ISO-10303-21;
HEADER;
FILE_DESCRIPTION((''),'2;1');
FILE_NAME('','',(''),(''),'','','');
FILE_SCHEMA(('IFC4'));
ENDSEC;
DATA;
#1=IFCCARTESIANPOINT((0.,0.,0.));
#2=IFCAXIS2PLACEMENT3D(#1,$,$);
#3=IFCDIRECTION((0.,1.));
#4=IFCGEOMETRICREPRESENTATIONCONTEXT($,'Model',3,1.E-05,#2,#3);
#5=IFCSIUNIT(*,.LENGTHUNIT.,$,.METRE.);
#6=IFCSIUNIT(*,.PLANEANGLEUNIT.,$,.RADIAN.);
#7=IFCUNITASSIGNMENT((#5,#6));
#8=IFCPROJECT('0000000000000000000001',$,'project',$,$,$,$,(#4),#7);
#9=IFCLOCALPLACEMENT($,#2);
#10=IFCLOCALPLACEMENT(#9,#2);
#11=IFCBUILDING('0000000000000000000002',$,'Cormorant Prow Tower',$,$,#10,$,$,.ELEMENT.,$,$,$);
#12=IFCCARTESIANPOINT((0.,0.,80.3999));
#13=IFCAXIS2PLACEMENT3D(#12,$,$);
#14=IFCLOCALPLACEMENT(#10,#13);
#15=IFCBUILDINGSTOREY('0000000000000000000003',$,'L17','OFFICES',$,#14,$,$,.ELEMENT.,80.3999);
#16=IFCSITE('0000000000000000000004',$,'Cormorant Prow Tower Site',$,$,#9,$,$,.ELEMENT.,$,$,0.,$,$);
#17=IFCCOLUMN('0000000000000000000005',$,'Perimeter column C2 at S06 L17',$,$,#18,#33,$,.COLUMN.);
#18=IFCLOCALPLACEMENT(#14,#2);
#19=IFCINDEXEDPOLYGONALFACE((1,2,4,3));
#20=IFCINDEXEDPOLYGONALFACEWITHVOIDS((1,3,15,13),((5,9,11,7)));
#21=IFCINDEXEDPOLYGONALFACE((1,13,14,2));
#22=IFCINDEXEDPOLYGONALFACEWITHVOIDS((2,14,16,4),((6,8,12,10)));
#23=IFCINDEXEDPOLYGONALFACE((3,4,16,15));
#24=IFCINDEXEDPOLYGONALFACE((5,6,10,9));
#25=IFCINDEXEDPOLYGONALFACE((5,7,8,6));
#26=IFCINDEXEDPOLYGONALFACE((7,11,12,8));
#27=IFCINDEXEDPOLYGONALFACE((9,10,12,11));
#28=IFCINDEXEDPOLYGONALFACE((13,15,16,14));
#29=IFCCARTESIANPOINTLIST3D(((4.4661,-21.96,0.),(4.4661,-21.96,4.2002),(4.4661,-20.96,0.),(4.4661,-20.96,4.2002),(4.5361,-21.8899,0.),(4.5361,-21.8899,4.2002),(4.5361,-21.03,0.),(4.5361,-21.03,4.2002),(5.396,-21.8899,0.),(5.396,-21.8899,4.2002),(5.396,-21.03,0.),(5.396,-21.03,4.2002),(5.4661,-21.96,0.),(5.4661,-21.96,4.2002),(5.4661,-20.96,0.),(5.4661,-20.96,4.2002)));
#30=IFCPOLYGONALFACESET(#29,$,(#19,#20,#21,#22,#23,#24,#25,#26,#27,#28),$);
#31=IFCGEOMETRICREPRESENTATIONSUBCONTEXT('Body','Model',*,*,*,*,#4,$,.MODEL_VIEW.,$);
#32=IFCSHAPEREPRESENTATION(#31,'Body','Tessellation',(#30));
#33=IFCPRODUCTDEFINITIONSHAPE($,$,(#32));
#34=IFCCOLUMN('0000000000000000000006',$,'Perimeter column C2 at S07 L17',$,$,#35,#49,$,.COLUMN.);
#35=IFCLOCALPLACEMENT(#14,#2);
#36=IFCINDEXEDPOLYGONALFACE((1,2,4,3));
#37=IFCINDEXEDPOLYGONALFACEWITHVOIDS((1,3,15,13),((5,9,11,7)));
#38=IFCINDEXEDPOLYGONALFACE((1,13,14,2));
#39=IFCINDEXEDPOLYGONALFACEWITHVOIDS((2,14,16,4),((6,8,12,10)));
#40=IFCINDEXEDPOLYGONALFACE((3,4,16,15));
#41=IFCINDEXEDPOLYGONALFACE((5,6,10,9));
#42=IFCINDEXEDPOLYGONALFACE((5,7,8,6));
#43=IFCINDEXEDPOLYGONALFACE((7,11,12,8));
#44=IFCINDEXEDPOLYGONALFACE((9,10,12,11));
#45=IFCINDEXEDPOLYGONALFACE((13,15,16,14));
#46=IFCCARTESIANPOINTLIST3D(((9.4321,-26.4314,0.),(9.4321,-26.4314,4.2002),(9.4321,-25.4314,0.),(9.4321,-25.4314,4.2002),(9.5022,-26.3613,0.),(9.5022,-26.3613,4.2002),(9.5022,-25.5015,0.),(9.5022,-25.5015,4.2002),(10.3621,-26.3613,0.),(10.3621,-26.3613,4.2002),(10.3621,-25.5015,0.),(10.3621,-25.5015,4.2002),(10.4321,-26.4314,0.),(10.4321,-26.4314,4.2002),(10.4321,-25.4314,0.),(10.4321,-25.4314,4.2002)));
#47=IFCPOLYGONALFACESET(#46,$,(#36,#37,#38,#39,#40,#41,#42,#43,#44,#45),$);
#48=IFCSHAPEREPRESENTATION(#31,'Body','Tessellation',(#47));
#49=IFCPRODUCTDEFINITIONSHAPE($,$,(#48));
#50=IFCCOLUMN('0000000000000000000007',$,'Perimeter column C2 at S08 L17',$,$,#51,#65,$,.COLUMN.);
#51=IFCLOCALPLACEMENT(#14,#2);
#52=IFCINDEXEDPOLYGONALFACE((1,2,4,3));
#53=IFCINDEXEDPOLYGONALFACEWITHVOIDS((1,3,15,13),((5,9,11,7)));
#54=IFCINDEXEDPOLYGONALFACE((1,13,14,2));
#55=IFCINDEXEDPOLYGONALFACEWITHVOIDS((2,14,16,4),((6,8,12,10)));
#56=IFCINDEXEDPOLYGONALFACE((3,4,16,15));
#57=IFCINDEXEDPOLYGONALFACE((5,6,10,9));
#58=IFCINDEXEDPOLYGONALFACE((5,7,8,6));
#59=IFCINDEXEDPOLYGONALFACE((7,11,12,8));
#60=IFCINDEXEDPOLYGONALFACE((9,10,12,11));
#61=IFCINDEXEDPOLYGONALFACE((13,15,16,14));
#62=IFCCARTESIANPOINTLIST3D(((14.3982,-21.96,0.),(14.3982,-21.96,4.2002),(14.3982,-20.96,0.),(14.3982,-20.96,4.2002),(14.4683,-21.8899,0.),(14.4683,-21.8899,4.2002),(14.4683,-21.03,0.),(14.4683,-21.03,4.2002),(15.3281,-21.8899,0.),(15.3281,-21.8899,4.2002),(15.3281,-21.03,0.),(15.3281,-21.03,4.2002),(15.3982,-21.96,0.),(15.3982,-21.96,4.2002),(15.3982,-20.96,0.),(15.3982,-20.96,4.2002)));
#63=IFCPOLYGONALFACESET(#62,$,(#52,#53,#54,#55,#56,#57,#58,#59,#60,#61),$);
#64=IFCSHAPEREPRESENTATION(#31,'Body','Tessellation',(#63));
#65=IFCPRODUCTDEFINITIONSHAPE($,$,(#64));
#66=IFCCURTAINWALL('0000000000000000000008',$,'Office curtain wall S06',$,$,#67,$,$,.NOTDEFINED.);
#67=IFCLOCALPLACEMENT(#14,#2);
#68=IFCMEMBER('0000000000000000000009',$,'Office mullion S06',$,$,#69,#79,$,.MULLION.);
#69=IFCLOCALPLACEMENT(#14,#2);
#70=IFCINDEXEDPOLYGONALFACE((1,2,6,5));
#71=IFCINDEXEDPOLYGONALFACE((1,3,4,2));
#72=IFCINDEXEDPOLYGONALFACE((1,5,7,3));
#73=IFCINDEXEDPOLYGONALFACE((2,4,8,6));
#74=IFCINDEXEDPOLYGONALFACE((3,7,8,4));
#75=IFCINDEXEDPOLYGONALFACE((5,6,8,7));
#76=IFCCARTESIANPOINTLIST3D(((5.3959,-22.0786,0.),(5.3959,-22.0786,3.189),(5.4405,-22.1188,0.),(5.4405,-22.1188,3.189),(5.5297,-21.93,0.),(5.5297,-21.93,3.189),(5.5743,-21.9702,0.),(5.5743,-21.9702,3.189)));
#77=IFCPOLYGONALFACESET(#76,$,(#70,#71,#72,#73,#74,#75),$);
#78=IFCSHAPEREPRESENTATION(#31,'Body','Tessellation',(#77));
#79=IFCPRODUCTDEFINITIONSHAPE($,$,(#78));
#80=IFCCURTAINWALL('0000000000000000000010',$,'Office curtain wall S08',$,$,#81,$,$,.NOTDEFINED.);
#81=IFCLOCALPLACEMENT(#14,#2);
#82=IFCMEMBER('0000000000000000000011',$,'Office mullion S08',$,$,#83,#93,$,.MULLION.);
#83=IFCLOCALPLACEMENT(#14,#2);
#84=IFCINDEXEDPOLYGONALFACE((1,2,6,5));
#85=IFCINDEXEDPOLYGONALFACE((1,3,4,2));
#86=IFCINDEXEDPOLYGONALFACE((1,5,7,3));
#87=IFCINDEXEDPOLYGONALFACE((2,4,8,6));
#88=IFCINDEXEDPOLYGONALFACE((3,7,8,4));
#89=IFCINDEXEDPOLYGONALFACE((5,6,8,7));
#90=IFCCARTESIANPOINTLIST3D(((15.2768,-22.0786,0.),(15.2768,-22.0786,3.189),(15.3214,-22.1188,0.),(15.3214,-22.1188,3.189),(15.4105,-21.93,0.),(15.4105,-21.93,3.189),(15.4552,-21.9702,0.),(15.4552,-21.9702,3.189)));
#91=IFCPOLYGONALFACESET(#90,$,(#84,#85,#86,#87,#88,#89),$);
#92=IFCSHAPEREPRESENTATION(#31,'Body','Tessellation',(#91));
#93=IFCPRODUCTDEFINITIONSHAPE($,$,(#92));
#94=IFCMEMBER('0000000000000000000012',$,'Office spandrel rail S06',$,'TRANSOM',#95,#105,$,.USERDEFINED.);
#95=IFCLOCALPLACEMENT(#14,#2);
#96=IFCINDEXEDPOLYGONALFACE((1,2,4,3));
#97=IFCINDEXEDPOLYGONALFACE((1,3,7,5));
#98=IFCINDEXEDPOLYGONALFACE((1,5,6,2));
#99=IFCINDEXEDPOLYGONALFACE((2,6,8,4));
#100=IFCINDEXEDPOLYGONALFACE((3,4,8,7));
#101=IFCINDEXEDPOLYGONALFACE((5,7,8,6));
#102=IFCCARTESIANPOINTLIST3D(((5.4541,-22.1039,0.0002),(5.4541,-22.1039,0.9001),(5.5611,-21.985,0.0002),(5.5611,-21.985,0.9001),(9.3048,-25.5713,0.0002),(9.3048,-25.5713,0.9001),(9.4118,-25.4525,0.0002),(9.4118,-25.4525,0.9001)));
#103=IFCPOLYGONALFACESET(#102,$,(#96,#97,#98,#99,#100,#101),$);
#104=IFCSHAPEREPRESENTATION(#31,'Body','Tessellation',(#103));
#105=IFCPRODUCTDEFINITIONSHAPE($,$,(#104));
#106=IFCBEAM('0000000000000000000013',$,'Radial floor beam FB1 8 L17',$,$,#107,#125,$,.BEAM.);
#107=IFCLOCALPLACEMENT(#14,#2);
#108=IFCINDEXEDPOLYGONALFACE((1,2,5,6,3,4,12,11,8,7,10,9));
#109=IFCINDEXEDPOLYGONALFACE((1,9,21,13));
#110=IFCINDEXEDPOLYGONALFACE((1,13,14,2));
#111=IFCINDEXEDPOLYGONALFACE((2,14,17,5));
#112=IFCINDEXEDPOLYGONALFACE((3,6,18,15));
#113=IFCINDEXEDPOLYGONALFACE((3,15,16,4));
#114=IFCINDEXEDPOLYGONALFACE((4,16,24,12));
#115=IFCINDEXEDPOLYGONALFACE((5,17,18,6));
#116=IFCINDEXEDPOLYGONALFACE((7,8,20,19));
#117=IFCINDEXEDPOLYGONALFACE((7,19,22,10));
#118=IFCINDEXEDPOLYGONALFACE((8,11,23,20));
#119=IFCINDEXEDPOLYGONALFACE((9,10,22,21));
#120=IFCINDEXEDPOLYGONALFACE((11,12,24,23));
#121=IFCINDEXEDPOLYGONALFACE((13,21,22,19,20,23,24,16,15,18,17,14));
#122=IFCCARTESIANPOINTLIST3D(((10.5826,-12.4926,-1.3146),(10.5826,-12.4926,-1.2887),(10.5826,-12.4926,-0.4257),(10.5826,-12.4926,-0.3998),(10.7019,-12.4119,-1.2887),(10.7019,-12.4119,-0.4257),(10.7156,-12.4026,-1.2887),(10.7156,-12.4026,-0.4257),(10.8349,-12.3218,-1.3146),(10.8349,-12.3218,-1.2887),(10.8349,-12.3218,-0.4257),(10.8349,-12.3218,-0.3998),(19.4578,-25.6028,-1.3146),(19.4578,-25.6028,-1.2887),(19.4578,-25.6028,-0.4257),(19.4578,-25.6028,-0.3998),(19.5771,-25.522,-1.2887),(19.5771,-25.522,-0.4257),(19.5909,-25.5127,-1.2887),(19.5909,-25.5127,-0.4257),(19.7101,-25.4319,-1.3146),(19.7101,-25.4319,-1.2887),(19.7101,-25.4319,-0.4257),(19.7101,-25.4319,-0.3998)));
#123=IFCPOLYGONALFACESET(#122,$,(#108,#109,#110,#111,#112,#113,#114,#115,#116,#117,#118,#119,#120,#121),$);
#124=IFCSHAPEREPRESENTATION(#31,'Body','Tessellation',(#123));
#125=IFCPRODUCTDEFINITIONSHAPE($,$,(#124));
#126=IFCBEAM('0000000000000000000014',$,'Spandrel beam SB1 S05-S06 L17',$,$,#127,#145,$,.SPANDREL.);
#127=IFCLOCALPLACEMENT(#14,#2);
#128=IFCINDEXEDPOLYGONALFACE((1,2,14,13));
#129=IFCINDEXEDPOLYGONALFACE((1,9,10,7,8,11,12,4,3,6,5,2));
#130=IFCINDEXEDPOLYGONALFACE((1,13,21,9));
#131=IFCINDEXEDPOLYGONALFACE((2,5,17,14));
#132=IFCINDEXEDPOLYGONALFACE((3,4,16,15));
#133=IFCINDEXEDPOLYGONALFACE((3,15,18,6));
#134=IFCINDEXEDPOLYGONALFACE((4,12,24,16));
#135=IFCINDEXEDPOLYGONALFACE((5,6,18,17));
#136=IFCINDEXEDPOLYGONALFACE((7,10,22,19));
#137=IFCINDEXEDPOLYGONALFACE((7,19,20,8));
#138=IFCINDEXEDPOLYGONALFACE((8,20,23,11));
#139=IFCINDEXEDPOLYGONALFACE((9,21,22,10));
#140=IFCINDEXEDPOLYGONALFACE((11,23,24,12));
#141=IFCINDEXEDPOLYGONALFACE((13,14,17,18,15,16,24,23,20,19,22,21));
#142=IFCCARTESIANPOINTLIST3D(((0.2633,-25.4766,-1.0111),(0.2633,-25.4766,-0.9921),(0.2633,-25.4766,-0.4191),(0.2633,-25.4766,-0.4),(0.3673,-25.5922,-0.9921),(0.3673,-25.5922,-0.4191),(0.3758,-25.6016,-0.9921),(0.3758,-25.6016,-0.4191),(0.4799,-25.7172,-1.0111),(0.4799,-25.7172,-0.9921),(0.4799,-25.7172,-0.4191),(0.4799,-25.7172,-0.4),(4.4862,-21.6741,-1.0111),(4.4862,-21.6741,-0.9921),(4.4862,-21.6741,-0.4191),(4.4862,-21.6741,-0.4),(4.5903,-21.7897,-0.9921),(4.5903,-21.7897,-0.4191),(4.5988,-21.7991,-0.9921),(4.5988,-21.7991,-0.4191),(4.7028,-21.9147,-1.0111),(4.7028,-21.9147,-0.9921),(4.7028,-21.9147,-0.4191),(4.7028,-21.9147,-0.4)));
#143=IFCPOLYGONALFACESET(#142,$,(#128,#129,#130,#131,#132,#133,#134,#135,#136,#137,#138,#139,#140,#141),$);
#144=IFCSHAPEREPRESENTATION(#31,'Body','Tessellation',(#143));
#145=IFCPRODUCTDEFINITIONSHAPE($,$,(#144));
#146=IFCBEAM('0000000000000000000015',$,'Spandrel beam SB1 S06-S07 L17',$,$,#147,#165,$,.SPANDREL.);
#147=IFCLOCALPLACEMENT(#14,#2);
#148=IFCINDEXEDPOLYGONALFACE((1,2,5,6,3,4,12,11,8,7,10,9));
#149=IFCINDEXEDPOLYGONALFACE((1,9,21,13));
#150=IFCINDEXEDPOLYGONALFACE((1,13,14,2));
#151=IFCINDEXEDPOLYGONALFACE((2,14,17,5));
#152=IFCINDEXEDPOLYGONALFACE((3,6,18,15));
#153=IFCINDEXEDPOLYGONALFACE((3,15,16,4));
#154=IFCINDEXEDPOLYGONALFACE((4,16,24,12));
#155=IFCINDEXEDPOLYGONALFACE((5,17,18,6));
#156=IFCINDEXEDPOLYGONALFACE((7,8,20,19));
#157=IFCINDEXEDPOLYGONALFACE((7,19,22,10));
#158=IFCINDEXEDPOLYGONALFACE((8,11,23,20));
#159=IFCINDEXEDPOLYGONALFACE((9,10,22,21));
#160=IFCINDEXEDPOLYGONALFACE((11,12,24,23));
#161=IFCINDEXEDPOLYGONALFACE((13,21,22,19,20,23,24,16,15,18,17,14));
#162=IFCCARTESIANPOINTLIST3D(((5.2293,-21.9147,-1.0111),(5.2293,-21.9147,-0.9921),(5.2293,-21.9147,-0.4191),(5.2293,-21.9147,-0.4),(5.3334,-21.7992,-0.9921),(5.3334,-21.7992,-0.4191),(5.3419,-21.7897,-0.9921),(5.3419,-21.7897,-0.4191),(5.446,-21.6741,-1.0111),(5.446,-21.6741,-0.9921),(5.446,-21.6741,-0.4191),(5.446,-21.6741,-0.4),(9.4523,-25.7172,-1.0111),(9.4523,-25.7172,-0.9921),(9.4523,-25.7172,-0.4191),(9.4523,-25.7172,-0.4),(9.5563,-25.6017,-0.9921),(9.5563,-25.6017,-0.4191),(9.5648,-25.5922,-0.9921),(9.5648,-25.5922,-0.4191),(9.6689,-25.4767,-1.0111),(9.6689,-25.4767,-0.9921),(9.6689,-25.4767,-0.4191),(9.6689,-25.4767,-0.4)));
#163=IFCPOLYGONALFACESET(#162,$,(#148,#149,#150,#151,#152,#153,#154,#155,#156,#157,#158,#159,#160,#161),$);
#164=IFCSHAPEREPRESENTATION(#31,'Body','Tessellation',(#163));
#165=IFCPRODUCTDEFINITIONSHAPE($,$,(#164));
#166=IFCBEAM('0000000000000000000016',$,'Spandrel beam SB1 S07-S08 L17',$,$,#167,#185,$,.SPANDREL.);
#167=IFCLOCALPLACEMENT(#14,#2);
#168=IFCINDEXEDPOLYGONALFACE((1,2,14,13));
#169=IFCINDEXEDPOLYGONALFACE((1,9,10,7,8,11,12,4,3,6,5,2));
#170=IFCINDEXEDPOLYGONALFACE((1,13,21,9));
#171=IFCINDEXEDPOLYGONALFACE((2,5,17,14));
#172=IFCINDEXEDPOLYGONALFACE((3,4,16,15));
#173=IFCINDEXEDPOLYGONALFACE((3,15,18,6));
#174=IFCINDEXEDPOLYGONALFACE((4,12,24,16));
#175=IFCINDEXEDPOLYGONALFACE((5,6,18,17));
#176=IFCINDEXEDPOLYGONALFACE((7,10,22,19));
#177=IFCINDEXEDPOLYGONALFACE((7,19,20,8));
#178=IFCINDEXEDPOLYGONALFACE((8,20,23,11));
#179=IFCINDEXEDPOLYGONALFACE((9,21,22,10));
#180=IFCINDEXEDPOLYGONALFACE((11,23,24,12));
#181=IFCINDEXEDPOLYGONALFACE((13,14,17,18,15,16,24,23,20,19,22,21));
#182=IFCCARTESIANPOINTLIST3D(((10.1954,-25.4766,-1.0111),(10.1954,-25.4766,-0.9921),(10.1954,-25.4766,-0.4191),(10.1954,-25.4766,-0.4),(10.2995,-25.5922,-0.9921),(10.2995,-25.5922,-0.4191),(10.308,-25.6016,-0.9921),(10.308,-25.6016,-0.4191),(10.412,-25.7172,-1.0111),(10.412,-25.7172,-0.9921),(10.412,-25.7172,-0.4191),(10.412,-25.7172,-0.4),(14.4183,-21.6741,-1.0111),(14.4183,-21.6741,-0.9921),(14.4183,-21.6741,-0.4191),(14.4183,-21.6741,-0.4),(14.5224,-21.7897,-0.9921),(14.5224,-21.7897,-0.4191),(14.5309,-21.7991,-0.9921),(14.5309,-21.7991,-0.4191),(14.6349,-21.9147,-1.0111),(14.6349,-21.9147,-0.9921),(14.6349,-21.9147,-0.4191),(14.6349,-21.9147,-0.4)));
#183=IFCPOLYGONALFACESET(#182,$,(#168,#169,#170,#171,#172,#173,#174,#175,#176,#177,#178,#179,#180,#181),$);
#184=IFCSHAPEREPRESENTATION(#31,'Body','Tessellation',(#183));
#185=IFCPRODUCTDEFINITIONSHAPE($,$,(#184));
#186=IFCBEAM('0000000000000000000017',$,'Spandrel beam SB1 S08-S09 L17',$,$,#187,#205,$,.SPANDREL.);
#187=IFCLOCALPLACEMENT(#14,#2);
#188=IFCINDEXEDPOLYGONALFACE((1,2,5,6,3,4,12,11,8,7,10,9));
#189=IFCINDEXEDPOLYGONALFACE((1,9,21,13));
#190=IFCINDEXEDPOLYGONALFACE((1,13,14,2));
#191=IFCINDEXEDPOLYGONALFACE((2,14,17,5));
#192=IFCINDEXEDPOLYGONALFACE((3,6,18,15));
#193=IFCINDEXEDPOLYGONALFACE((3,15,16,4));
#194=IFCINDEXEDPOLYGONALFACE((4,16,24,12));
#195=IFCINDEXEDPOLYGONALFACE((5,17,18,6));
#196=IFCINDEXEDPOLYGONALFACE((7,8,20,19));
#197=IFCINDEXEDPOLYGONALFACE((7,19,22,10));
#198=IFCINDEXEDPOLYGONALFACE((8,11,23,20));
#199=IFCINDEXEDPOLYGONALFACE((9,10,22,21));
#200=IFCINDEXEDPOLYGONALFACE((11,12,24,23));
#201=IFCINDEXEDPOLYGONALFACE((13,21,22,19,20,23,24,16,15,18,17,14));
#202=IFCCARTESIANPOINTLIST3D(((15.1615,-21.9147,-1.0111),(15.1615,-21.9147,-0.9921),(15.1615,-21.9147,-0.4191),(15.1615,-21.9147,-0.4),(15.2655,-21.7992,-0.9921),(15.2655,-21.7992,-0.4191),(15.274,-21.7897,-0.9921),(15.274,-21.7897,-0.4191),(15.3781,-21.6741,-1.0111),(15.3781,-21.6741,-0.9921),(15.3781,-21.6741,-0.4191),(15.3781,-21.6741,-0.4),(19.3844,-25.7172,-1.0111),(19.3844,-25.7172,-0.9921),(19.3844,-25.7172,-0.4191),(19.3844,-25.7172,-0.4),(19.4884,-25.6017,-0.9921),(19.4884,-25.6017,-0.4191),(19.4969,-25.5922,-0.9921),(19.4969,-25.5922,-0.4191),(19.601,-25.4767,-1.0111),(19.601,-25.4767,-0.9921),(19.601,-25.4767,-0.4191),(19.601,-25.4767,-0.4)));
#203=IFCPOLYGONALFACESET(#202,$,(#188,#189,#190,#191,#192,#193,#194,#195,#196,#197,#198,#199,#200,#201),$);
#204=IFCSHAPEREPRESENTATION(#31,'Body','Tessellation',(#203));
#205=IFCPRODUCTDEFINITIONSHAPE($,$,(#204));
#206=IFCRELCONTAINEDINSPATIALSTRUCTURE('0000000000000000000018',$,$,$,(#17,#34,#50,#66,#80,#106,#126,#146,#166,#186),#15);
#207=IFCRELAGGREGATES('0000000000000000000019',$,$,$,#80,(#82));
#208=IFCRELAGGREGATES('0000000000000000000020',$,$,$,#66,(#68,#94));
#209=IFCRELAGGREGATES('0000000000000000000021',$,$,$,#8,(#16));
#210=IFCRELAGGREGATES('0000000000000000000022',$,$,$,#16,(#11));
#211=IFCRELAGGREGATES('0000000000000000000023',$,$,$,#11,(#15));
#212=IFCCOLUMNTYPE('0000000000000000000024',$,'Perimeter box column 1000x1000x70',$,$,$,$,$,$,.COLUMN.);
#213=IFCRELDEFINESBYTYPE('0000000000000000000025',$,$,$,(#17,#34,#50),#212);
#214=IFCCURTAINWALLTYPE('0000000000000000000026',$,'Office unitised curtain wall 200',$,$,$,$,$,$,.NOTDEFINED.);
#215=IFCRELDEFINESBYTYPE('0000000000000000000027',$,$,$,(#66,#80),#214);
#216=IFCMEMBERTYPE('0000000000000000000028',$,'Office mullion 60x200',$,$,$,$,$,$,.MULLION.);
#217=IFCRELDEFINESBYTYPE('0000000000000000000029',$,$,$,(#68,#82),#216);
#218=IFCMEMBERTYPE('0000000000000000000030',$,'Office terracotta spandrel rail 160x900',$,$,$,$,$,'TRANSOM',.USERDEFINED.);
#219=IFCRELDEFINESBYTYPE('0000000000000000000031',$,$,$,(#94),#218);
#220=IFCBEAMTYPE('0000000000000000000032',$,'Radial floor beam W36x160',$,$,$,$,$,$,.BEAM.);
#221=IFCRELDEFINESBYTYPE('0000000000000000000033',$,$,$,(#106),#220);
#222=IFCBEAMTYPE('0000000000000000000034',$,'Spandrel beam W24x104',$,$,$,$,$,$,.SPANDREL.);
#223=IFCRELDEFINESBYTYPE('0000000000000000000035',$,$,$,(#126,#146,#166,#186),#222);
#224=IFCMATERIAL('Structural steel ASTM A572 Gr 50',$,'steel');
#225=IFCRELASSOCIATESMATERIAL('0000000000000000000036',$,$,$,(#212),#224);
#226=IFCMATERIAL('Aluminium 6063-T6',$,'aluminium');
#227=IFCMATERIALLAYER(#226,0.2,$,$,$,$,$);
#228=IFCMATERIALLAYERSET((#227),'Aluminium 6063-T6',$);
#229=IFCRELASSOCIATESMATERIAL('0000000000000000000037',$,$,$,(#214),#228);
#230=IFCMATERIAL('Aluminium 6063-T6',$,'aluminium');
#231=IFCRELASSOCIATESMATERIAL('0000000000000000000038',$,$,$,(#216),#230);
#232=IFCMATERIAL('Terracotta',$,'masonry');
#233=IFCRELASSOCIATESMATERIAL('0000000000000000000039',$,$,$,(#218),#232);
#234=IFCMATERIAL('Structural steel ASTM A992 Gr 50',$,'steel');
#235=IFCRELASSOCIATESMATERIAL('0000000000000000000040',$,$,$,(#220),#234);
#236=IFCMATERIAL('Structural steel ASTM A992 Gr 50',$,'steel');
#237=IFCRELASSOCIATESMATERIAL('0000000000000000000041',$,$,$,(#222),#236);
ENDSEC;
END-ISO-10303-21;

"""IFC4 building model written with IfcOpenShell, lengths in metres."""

from ifc_helpers import new_model, si_unit, direction, frame, origin, origin_2d, place, context, subcontext, project, spatial, rectangle, hollow_rectangle, i_section, extrude, material, layer, layer_set, material_profile, profile_set, type_object, element, aggregate, save


model = new_model("IFC4")

# Units and contexts
model_context = context("Model", 3, precision=1e-05, world=origin(), true_north=direction((0.0, 1.0)))
body_context = subcontext(model_context, "Body", "Model", "MODEL_VIEW")
ifc_project = project(units=[si_unit("LENGTHUNIT", "METRE"), si_unit("PLANEANGLEUNIT", "RADIAN")], contexts=[model_context])

# Site, building, storey
site_placement = place(None, origin())
site = spatial("IfcSite", under=ifc_project, at=site_placement, Name="Cormorant Prow Tower Site", CompositionType="ELEMENT", RefElevation=0.0)
building_placement = place(site_placement, origin())
building = spatial("IfcBuilding", under=site, at=building_placement, Name="Cormorant Prow Tower", CompositionType="ELEMENT")
storey_placement = place(building_placement, frame((0.0, 0.0, 80.3999)))
storey = spatial("IfcBuildingStorey", under=building, at=storey_placement, Name="L17", Description="OFFICES", CompositionType="ELEMENT", Elevation=80.3999)

# Columns
ifc_material_1 = material(Name="Structural steel ASTM A572 Gr 50", Category="steel")
ifc_material_profile_1 = material_profile(ifc_material_1, hollow_rectangle(XDim=1.0, YDim=1.0, WallThickness=0.0701, at=origin_2d()), Name="Box 1000x1000x70")
ifc_profile_set_1 = profile_set([ifc_material_profile_1], Name="Structural steel ASTM A572 Gr 50")
column_type = type_object("IfcColumnType", Name="Perimeter box column 1000x1000x70", PredefinedType="COLUMN", material=ifc_profile_set_1)
for number, where, z_axis, x_axis, name in (
    (1, (4.9661, -21.46, 0.0), (0.0, 0.0, 1.0), (1.0, 0.0, 0.0), "Perimeter column C2 at S06 L17"),
    (2, (9.9321, -25.9314, 0.0), (0.0, 0.0, 1.0), (1.0, 0.0, 0.0), "Perimeter column C2 at S07 L17"),
    (3, (14.8982, -21.46, 0.0), (0.0, 0.0, 1.0), (1.0, 0.0, 0.0), "Perimeter column C2 at S08 L17"),
):
    element("IfcColumn", number, at=place(storey_placement, frame(where, z_axis=z_axis, x_axis=x_axis)), inside=storey, type_object=column_type, Name=name, PredefinedType="COLUMN", context=body_context, shape_type="SweptSolid", body=[
        extrude(hollow_rectangle(XDim=1.0, YDim=1.0, WallThickness=0.0701, at=origin_2d()), origin(), (0.0, 0.0, 1.0), 4.2002),
    ])

# Curtain walls, members
ifc_material_2 = material(Name="Aluminium 6063-T6", Category="aluminium")
ifc_layer_1 = layer(ifc_material_2, 0.2)
ifc_layer_set_1 = layer_set([ifc_layer_1], Name="Aluminium 6063-T6")
curtain_wall_type = type_object("IfcCurtainWallType", Name="Office unitised curtain wall 200", PredefinedType="NOTDEFINED", material=ifc_layer_set_1)
curtain_wall_1_placement = place(storey_placement, origin())
curtain_wall_1 = element("IfcCurtainWall", 4, at=curtain_wall_1_placement, inside=storey, type_object=curtain_wall_type, Name="Office curtain wall S06", PredefinedType="NOTDEFINED")
ifc_material_3 = material(Name="Aluminium 6063-T6", Category="aluminium")
ifc_material_profile_2 = material_profile(ifc_material_3, rectangle(XDim=0.2, YDim=0.0601, at=origin_2d()), Name="Office mullion 60x200")
ifc_profile_set_2 = profile_set([ifc_material_profile_2], Name="Aluminium 6063-T6")
member_type_1 = type_object("IfcMemberType", Name="Office mullion 60x200", PredefinedType="MULLION", material=ifc_profile_set_2)
member_1_placement = place(storey_placement, frame((5.4851, -22.0244, 0.0), z_axis=(0.0, 0.0, 1.0), x_axis=(0.669131, 0.743145, 0.0)))
member_1 = element("IfcMember", 5, at=member_1_placement, type_object=member_type_1, Name="Office mullion S06", PredefinedType="MULLION", context=body_context, shape_type="SweptSolid", body=[
    extrude(rectangle(XDim=0.2, YDim=0.0601, at=origin_2d()), origin(), (0.0, 0.0, 1.0), 3.189),
])
curtain_wall_2_placement = place(storey_placement, origin())
curtain_wall_2 = element("IfcCurtainWall", 6, at=curtain_wall_2_placement, inside=storey, type_object=curtain_wall_type, Name="Office curtain wall S08", PredefinedType="NOTDEFINED")
member_2_placement = place(storey_placement, frame((15.366, -22.0244, 0.0), z_axis=(0.0, 0.0, 1.0), x_axis=(0.669131, 0.743145, 0.0)))
member_2 = element("IfcMember", 7, at=member_2_placement, type_object=member_type_1, Name="Office mullion S08", PredefinedType="MULLION", context=body_context, shape_type="SweptSolid", body=[
    extrude(rectangle(XDim=0.2, YDim=0.0601, at=origin_2d()), origin(), (0.0, 0.0, 1.0), 3.189),
])
aggregate(curtain_wall_2, [member_2])

# Member
ifc_material_4 = material(Name="Terracotta", Category="masonry")
ifc_material_profile_3 = material_profile(ifc_material_4, rectangle(XDim=0.1599, YDim=0.8999, at=origin_2d()), Name="Office terracotta spandrel rail 160x900")
ifc_profile_set_3 = profile_set([ifc_material_profile_3], Name="Terracotta")
member_type_2 = type_object("IfcMemberType", Name="Office terracotta spandrel rail 160x900", ElementType="TRANSOM", PredefinedType="USERDEFINED", material=ifc_profile_set_3)
member_3_placement = place(storey_placement, frame((5.5076, -22.0444, 0.4502), z_axis=(0.743123, -0.669155, 0.0), x_axis=(0.669155, 0.743123, 0.0)))
member_3 = element("IfcMember", 8, at=member_3_placement, type_object=member_type_2, Name="Office spandrel rail S06", ObjectType="TRANSOM", PredefinedType="USERDEFINED", context=body_context, shape_type="SweptSolid", body=[
    extrude(rectangle(XDim=0.1599, YDim=0.8999, at=origin_2d()), origin(), (0.0, 0.0, 1.0), 5.1819),
])

# Beams
ifc_material_5 = material(Name="Structural steel ASTM A992 Gr 50", Category="steel")
ifc_material_profile_4 = material_profile(ifc_material_5, i_section(OverallWidth=0.3047, OverallDepth=0.9148, WebThickness=0.0166, FlangeThickness=0.0259, at=origin_2d()), Name="W36x160")
ifc_profile_set_4 = profile_set([ifc_material_profile_4], Name="Structural steel ASTM A992 Gr 50")
beam_type_1 = type_object("IfcBeamType", Name="Radial floor beam W36x160", PredefinedType="BEAM", material=ifc_profile_set_4)
beam_placement = place(storey_placement, frame((10.7087, -12.4072, -0.8572), z_axis=(0.560597, -0.828089, 0.0), x_axis=(0.828089, 0.560597, 0.0)))
element("IfcBeam", 9, at=beam_placement, inside=storey, type_object=beam_type_1, Name="Radial floor beam FB1 8 L17", PredefinedType="BEAM", context=body_context, shape_type="SweptSolid", body=[
    extrude(i_section(OverallWidth=0.3047, OverallDepth=0.9148, WebThickness=0.0166, FlangeThickness=0.0259, at=origin_2d()), origin(), (0.0, 0.0, 1.0), 15.8318),
])
ifc_material_6 = material(Name="Structural steel ASTM A992 Gr 50", Category="steel")
ifc_material_profile_5 = material_profile(ifc_material_6, i_section(OverallWidth=0.3237, OverallDepth=0.6111, WebThickness=0.0127, FlangeThickness=0.019, at=origin_2d()), Name="W24x104")
ifc_profile_set_5 = profile_set([ifc_material_profile_5], Name="Structural steel ASTM A992 Gr 50")
beam_type_2 = type_object("IfcBeamType", Name="Spandrel beam W24x104", PredefinedType="SPANDREL", material=ifc_profile_set_5)
for number, where, z_axis, x_axis, name in (
    (10, (0.3716, -25.5969, -0.7056), (0.74313, 0.669147, 0.0), (-0.669147, 0.74313, 0.0), "Spandrel beam SB1 S05-S06 L17"),
    (11, (5.3376, -21.7944, -0.7056), (0.74313, -0.669147, 0.0), (0.669147, 0.74313, 0.0), "Spandrel beam SB1 S06-S07 L17"),
    (12, (10.3037, -25.5969, -0.7056), (0.74313, 0.669147, 0.0), (-0.669147, 0.74313, 0.0), "Spandrel beam SB1 S07-S08 L17"),
    (13, (15.2698, -21.7944, -0.7056), (0.74313, -0.669147, 0.0), (0.669147, 0.74313, 0.0), "Spandrel beam SB1 S08-S09 L17"),
):
    element("IfcBeam", number, at=place(storey_placement, frame(where, z_axis=z_axis, x_axis=x_axis)), inside=storey, type_object=beam_type_2, Name=name, PredefinedType="SPANDREL", context=body_context, shape_type="SweptSolid", body=[
        extrude(i_section(OverallWidth=0.3237, OverallDepth=0.6111, WebThickness=0.0127, FlangeThickness=0.019, at=origin_2d()), origin(), (0.0, 0.0, 1.0), 5.6826),
    ])

aggregate(curtain_wall_1, [member_1, member_3])

save(model, "model.ifc")
